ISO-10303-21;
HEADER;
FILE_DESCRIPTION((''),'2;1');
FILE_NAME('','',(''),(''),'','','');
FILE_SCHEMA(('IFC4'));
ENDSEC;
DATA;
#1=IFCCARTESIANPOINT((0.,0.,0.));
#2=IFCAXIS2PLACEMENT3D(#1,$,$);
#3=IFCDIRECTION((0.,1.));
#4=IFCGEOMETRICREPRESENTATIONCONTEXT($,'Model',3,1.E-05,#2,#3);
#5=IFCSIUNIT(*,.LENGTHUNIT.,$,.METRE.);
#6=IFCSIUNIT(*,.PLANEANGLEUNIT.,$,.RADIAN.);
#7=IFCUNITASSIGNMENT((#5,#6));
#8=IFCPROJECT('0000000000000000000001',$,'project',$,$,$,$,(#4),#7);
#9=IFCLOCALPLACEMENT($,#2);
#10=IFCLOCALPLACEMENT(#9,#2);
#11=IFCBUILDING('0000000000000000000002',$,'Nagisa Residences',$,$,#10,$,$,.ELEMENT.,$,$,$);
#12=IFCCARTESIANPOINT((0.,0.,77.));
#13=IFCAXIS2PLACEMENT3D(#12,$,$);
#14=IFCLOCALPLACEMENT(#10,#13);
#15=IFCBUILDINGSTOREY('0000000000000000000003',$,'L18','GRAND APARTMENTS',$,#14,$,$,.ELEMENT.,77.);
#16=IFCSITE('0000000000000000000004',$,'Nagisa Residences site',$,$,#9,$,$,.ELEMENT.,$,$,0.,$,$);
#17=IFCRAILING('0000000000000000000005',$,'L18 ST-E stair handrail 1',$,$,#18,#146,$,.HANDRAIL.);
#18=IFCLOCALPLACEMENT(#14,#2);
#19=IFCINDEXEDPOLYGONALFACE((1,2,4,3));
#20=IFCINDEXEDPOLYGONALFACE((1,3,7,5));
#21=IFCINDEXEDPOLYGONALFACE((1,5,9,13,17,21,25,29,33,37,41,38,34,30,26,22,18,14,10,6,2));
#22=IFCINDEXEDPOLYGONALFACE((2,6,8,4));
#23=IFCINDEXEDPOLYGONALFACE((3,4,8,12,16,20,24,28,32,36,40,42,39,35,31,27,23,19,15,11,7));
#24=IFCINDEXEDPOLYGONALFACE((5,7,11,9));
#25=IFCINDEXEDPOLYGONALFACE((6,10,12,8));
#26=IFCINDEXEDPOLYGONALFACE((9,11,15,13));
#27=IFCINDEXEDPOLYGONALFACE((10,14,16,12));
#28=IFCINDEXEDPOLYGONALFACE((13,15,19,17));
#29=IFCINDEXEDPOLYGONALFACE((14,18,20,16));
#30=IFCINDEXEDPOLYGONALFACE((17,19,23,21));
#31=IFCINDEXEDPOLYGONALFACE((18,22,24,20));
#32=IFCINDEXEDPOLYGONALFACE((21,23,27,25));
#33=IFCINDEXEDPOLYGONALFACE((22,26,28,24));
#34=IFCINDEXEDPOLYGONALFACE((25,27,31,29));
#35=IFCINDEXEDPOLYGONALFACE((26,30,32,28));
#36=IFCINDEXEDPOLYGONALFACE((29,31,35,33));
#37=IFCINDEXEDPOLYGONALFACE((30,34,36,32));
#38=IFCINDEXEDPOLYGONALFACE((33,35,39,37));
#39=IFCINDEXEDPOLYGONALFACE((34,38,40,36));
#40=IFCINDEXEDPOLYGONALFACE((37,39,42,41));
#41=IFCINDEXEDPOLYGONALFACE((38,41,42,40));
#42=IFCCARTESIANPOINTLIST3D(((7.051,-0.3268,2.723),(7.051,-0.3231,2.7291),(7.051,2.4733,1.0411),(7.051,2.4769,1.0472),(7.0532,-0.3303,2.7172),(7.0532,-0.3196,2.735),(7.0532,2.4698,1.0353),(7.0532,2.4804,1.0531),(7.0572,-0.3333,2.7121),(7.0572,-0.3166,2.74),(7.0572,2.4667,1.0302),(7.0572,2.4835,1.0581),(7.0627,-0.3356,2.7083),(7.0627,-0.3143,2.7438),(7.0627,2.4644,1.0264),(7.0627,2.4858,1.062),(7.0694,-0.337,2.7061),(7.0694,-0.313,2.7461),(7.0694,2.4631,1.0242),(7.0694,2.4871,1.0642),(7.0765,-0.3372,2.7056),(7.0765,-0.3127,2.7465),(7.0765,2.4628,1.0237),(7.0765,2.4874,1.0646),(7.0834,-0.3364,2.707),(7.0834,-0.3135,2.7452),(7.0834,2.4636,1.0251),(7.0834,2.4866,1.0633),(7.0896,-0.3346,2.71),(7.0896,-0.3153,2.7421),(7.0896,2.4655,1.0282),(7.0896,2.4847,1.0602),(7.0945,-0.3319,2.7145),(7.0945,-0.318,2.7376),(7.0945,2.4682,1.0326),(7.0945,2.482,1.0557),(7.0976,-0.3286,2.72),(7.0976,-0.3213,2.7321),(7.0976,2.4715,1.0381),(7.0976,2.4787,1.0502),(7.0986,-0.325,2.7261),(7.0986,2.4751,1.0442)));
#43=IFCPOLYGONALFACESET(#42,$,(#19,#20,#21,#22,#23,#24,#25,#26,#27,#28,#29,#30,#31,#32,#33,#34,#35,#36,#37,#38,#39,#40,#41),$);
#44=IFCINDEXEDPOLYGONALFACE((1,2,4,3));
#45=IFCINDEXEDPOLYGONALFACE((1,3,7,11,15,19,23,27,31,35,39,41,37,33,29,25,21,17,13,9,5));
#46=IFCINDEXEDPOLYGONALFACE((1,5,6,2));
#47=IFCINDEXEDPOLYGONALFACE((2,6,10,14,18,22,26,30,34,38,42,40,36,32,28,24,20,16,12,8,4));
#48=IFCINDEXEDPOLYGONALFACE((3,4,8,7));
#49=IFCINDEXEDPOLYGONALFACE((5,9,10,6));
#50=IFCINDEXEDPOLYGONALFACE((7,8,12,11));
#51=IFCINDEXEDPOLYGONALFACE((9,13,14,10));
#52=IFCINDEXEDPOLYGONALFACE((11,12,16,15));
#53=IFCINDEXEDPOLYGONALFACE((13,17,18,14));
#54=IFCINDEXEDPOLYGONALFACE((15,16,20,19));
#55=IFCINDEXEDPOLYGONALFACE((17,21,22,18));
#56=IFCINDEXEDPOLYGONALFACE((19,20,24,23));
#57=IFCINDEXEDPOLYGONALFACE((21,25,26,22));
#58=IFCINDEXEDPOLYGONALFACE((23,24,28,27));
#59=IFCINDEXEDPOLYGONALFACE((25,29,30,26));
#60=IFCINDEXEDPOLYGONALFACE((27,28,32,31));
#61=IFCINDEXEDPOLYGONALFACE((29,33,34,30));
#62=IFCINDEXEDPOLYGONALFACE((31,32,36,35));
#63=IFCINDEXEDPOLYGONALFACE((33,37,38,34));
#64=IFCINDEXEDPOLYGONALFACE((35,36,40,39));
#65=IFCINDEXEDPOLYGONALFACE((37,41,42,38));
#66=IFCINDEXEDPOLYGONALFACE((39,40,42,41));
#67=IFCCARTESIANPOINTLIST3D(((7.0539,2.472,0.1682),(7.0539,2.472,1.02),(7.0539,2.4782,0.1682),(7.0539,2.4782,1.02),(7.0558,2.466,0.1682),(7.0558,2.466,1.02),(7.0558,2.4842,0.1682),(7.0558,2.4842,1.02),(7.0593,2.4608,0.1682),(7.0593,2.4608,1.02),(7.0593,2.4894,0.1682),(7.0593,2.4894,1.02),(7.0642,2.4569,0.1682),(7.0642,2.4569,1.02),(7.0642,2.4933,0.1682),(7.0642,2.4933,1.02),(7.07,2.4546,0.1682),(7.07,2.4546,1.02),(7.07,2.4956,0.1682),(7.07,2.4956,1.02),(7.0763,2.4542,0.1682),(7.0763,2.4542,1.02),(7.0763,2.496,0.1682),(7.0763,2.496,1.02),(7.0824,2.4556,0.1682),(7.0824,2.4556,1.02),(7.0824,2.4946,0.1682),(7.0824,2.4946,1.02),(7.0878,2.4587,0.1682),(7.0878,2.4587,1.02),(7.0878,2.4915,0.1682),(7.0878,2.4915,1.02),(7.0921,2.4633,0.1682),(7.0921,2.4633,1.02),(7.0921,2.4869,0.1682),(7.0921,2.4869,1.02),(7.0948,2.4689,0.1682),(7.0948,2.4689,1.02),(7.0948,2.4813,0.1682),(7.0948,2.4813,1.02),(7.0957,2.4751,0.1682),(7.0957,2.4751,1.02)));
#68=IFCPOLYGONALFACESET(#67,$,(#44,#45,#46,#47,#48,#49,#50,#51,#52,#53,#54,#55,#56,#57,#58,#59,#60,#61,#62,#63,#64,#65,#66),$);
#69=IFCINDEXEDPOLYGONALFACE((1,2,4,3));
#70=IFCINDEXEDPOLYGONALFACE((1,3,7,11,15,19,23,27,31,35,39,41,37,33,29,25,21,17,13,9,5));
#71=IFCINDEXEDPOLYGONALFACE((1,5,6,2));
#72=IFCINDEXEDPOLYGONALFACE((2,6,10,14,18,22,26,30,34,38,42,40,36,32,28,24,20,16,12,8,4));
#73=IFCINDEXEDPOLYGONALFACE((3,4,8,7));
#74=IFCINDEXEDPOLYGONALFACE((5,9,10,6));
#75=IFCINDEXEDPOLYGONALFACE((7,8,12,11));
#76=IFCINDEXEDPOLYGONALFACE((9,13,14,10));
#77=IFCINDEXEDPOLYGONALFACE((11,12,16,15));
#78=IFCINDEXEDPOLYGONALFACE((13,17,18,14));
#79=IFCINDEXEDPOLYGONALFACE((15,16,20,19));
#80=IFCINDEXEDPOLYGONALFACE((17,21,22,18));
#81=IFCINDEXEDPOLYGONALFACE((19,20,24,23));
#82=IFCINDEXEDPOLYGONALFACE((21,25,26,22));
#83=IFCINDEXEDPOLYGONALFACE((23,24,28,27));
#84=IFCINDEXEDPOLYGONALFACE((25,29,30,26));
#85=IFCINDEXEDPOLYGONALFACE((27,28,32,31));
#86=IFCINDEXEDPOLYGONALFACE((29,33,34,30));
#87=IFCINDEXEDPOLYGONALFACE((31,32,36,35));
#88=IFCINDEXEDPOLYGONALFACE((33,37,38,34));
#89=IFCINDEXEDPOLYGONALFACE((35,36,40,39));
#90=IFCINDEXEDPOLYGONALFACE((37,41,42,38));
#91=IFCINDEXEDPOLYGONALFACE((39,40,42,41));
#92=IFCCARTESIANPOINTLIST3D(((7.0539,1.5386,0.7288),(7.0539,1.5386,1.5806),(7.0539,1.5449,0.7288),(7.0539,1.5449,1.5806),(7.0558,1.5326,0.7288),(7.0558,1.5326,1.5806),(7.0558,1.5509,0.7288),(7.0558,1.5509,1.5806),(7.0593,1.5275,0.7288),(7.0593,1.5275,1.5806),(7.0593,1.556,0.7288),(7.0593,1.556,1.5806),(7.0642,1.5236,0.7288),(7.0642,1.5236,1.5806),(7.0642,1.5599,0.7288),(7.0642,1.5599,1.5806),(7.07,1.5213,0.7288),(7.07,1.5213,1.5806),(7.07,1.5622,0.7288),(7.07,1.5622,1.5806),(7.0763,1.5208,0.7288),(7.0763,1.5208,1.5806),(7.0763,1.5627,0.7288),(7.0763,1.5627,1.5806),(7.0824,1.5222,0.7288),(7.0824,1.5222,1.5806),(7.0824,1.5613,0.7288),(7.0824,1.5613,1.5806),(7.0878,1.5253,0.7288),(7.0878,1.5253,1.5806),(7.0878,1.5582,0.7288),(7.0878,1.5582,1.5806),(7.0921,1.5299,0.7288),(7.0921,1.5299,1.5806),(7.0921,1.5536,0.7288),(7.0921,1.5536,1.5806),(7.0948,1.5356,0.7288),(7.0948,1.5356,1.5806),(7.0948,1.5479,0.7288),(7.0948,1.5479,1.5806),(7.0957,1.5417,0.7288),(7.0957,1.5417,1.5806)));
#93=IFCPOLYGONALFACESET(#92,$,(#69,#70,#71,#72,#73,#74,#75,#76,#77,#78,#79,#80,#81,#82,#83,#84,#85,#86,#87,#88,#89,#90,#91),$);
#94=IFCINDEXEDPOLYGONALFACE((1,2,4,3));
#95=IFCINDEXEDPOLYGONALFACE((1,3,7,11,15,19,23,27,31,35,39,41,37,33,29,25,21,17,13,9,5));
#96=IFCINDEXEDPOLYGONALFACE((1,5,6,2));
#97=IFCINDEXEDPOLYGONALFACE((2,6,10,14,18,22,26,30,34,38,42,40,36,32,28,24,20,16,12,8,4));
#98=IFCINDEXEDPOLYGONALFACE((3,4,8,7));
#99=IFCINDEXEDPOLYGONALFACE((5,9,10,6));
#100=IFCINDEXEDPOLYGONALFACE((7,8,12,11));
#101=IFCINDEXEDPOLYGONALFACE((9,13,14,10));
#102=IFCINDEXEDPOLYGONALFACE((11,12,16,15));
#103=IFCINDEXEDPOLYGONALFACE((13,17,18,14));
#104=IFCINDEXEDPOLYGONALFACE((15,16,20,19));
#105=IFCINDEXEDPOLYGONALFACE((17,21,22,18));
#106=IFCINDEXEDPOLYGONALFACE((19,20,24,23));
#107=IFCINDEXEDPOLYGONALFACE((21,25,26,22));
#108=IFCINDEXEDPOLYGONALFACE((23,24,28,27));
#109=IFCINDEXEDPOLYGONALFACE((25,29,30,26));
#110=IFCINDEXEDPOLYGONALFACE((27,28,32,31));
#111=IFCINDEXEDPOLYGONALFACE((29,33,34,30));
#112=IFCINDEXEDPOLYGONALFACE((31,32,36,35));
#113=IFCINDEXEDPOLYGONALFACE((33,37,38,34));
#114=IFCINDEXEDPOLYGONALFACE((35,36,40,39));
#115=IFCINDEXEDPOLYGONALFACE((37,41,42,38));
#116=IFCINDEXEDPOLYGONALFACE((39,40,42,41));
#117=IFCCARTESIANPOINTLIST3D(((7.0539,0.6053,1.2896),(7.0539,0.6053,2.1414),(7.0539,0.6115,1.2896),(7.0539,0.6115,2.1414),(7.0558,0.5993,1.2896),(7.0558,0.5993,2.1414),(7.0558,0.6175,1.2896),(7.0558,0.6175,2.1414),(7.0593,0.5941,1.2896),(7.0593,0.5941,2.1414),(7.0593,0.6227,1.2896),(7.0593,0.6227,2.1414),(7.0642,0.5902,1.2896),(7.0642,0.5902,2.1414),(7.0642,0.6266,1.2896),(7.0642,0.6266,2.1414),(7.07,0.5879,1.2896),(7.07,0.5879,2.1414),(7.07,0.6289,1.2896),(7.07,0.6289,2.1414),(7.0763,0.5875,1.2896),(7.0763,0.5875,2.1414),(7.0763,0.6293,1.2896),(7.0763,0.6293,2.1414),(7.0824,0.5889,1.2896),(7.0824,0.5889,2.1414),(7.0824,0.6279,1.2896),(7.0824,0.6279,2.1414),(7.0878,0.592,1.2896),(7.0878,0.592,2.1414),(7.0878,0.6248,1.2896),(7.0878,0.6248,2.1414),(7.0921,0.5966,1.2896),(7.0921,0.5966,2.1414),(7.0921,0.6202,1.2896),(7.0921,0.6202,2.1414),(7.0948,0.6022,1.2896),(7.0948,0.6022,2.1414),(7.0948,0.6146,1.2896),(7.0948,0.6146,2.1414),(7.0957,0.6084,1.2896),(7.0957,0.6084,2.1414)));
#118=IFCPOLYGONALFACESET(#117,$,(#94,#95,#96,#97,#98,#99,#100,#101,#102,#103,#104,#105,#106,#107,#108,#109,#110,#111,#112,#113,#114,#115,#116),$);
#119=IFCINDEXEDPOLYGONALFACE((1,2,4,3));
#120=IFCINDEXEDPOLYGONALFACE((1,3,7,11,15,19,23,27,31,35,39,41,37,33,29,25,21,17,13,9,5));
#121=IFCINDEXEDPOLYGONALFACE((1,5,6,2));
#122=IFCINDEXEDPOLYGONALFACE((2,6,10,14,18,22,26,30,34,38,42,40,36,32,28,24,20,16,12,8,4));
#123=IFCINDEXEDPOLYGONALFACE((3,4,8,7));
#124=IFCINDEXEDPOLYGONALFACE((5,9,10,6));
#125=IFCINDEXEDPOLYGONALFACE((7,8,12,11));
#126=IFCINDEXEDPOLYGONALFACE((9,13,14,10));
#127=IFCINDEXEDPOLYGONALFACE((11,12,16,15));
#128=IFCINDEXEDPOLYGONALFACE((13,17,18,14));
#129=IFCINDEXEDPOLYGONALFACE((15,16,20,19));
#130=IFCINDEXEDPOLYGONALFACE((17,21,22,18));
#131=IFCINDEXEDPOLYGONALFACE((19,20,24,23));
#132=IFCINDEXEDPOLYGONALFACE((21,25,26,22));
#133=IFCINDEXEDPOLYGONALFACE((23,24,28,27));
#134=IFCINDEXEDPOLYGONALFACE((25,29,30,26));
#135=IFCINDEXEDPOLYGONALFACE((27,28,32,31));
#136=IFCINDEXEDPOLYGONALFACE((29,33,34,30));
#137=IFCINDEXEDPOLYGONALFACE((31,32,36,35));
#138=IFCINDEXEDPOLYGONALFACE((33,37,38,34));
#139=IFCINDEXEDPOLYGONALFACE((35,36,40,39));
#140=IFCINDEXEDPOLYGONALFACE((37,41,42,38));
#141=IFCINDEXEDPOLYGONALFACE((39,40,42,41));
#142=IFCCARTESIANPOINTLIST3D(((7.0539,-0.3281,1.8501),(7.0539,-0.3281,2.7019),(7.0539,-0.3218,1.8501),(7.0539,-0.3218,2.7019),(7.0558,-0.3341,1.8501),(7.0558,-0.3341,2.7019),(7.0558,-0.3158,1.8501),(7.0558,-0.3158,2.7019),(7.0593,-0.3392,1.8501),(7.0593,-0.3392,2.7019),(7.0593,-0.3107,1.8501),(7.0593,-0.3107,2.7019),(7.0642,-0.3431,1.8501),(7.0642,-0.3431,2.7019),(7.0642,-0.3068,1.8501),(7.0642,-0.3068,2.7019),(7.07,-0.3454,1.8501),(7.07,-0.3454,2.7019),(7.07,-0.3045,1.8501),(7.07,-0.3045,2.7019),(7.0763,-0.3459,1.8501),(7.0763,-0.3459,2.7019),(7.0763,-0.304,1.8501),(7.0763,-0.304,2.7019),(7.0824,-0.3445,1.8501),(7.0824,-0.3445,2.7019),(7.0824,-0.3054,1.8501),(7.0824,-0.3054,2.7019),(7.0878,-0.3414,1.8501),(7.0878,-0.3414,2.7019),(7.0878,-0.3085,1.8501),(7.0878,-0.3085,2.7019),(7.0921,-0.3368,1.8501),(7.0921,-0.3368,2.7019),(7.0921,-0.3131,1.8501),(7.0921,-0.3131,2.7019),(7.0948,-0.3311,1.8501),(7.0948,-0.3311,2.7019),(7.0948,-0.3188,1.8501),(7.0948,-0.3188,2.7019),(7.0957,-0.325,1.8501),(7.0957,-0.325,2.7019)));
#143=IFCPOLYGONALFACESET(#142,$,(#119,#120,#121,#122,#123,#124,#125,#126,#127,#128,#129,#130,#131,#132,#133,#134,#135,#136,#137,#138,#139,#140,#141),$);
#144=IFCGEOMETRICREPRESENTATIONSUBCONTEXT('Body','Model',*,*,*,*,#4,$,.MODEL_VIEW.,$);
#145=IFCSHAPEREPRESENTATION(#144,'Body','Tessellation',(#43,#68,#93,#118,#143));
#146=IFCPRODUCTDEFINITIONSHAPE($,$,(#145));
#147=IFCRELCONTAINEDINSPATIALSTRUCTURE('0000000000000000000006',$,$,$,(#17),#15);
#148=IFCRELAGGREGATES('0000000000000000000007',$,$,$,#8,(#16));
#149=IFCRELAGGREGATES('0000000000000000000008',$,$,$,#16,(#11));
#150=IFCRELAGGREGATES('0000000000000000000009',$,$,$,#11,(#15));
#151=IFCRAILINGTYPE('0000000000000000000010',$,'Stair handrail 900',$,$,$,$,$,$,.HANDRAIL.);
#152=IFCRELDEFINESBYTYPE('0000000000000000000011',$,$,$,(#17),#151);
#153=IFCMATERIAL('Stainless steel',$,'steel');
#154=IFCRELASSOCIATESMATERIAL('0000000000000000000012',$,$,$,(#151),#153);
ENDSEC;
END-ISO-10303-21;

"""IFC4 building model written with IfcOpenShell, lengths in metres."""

from ifc_helpers import new_model, si_unit, direction, frame, origin, origin_2d, place, context, subcontext, project, spatial, circle, extrude, material, type_object, element, save


model = new_model("IFC4")

# Units and contexts
model_context = context("Model", 3, precision=1e-05, world=origin(), true_north=direction((0.0, 1.0)))
body_context = subcontext(model_context, "Body", "Model", "MODEL_VIEW")
ifc_project = project(units=[si_unit("LENGTHUNIT", "METRE"), si_unit("PLANEANGLEUNIT", "RADIAN")], contexts=[model_context])

# Site, building, storey
site_placement = place(None, origin())
site = spatial("IfcSite", under=ifc_project, at=site_placement, Name="Nagisa Residences site", CompositionType="ELEMENT", RefElevation=0.0)
building_placement = place(site_placement, origin())
building = spatial("IfcBuilding", under=site, at=building_placement, Name="Nagisa Residences", CompositionType="ELEMENT")
storey_placement = place(building_placement, frame((0.0, 0.0, 77.0)))
storey = spatial("IfcBuildingStorey", under=building, at=storey_placement, Name="L18", Description="GRAND APARTMENTS", CompositionType="ELEMENT", Elevation=77.0)

# Railing
ifc_material_1 = material(Name="Stainless steel", Category="steel")
railing_type_1 = type_object("IfcRailingType", Name="Stair handrail 900", PredefinedType="HANDRAIL", material=ifc_material_1)
railing_1_placement = place(storey_placement, frame((7.0747, 2.4751, 0.1682)))
element("IfcRailing", 1, at=railing_1_placement, inside=storey, type_object=railing_type_1, Name="L18 ST-E stair handrail 1", PredefinedType="HANDRAIL", context=body_context, shape_type="SweptSolid", body=[
    extrude(circle(Radius=0.0239, at=origin_2d()), frame((0.0, 0.0, 0.876), z_axis=(0.0, -0.857242, 0.514913), x_axis=(1.0, 0.0, 0.0)), (0.0, 0.0, 1.0), 3.2664),
    extrude(circle(Radius=0.021, at=origin_2d()), origin(), (0.0, 0.0, 1.0), 0.8518),
    extrude(circle(Radius=0.021, at=origin_2d()), frame((0.0, -0.9333, 0.5605)), (0.0, 0.0, 1.0), 0.8518),
    extrude(circle(Radius=0.021, at=origin_2d()), frame((0.0, -1.8667, 1.1213)), (0.0, 0.0, 1.0), 0.8518),
    extrude(circle(Radius=0.021, at=origin_2d()), frame((0.0, -2.8, 1.6819)), (0.0, 0.0, 1.0), 0.8518),
])

save(model, "model.ifc")
